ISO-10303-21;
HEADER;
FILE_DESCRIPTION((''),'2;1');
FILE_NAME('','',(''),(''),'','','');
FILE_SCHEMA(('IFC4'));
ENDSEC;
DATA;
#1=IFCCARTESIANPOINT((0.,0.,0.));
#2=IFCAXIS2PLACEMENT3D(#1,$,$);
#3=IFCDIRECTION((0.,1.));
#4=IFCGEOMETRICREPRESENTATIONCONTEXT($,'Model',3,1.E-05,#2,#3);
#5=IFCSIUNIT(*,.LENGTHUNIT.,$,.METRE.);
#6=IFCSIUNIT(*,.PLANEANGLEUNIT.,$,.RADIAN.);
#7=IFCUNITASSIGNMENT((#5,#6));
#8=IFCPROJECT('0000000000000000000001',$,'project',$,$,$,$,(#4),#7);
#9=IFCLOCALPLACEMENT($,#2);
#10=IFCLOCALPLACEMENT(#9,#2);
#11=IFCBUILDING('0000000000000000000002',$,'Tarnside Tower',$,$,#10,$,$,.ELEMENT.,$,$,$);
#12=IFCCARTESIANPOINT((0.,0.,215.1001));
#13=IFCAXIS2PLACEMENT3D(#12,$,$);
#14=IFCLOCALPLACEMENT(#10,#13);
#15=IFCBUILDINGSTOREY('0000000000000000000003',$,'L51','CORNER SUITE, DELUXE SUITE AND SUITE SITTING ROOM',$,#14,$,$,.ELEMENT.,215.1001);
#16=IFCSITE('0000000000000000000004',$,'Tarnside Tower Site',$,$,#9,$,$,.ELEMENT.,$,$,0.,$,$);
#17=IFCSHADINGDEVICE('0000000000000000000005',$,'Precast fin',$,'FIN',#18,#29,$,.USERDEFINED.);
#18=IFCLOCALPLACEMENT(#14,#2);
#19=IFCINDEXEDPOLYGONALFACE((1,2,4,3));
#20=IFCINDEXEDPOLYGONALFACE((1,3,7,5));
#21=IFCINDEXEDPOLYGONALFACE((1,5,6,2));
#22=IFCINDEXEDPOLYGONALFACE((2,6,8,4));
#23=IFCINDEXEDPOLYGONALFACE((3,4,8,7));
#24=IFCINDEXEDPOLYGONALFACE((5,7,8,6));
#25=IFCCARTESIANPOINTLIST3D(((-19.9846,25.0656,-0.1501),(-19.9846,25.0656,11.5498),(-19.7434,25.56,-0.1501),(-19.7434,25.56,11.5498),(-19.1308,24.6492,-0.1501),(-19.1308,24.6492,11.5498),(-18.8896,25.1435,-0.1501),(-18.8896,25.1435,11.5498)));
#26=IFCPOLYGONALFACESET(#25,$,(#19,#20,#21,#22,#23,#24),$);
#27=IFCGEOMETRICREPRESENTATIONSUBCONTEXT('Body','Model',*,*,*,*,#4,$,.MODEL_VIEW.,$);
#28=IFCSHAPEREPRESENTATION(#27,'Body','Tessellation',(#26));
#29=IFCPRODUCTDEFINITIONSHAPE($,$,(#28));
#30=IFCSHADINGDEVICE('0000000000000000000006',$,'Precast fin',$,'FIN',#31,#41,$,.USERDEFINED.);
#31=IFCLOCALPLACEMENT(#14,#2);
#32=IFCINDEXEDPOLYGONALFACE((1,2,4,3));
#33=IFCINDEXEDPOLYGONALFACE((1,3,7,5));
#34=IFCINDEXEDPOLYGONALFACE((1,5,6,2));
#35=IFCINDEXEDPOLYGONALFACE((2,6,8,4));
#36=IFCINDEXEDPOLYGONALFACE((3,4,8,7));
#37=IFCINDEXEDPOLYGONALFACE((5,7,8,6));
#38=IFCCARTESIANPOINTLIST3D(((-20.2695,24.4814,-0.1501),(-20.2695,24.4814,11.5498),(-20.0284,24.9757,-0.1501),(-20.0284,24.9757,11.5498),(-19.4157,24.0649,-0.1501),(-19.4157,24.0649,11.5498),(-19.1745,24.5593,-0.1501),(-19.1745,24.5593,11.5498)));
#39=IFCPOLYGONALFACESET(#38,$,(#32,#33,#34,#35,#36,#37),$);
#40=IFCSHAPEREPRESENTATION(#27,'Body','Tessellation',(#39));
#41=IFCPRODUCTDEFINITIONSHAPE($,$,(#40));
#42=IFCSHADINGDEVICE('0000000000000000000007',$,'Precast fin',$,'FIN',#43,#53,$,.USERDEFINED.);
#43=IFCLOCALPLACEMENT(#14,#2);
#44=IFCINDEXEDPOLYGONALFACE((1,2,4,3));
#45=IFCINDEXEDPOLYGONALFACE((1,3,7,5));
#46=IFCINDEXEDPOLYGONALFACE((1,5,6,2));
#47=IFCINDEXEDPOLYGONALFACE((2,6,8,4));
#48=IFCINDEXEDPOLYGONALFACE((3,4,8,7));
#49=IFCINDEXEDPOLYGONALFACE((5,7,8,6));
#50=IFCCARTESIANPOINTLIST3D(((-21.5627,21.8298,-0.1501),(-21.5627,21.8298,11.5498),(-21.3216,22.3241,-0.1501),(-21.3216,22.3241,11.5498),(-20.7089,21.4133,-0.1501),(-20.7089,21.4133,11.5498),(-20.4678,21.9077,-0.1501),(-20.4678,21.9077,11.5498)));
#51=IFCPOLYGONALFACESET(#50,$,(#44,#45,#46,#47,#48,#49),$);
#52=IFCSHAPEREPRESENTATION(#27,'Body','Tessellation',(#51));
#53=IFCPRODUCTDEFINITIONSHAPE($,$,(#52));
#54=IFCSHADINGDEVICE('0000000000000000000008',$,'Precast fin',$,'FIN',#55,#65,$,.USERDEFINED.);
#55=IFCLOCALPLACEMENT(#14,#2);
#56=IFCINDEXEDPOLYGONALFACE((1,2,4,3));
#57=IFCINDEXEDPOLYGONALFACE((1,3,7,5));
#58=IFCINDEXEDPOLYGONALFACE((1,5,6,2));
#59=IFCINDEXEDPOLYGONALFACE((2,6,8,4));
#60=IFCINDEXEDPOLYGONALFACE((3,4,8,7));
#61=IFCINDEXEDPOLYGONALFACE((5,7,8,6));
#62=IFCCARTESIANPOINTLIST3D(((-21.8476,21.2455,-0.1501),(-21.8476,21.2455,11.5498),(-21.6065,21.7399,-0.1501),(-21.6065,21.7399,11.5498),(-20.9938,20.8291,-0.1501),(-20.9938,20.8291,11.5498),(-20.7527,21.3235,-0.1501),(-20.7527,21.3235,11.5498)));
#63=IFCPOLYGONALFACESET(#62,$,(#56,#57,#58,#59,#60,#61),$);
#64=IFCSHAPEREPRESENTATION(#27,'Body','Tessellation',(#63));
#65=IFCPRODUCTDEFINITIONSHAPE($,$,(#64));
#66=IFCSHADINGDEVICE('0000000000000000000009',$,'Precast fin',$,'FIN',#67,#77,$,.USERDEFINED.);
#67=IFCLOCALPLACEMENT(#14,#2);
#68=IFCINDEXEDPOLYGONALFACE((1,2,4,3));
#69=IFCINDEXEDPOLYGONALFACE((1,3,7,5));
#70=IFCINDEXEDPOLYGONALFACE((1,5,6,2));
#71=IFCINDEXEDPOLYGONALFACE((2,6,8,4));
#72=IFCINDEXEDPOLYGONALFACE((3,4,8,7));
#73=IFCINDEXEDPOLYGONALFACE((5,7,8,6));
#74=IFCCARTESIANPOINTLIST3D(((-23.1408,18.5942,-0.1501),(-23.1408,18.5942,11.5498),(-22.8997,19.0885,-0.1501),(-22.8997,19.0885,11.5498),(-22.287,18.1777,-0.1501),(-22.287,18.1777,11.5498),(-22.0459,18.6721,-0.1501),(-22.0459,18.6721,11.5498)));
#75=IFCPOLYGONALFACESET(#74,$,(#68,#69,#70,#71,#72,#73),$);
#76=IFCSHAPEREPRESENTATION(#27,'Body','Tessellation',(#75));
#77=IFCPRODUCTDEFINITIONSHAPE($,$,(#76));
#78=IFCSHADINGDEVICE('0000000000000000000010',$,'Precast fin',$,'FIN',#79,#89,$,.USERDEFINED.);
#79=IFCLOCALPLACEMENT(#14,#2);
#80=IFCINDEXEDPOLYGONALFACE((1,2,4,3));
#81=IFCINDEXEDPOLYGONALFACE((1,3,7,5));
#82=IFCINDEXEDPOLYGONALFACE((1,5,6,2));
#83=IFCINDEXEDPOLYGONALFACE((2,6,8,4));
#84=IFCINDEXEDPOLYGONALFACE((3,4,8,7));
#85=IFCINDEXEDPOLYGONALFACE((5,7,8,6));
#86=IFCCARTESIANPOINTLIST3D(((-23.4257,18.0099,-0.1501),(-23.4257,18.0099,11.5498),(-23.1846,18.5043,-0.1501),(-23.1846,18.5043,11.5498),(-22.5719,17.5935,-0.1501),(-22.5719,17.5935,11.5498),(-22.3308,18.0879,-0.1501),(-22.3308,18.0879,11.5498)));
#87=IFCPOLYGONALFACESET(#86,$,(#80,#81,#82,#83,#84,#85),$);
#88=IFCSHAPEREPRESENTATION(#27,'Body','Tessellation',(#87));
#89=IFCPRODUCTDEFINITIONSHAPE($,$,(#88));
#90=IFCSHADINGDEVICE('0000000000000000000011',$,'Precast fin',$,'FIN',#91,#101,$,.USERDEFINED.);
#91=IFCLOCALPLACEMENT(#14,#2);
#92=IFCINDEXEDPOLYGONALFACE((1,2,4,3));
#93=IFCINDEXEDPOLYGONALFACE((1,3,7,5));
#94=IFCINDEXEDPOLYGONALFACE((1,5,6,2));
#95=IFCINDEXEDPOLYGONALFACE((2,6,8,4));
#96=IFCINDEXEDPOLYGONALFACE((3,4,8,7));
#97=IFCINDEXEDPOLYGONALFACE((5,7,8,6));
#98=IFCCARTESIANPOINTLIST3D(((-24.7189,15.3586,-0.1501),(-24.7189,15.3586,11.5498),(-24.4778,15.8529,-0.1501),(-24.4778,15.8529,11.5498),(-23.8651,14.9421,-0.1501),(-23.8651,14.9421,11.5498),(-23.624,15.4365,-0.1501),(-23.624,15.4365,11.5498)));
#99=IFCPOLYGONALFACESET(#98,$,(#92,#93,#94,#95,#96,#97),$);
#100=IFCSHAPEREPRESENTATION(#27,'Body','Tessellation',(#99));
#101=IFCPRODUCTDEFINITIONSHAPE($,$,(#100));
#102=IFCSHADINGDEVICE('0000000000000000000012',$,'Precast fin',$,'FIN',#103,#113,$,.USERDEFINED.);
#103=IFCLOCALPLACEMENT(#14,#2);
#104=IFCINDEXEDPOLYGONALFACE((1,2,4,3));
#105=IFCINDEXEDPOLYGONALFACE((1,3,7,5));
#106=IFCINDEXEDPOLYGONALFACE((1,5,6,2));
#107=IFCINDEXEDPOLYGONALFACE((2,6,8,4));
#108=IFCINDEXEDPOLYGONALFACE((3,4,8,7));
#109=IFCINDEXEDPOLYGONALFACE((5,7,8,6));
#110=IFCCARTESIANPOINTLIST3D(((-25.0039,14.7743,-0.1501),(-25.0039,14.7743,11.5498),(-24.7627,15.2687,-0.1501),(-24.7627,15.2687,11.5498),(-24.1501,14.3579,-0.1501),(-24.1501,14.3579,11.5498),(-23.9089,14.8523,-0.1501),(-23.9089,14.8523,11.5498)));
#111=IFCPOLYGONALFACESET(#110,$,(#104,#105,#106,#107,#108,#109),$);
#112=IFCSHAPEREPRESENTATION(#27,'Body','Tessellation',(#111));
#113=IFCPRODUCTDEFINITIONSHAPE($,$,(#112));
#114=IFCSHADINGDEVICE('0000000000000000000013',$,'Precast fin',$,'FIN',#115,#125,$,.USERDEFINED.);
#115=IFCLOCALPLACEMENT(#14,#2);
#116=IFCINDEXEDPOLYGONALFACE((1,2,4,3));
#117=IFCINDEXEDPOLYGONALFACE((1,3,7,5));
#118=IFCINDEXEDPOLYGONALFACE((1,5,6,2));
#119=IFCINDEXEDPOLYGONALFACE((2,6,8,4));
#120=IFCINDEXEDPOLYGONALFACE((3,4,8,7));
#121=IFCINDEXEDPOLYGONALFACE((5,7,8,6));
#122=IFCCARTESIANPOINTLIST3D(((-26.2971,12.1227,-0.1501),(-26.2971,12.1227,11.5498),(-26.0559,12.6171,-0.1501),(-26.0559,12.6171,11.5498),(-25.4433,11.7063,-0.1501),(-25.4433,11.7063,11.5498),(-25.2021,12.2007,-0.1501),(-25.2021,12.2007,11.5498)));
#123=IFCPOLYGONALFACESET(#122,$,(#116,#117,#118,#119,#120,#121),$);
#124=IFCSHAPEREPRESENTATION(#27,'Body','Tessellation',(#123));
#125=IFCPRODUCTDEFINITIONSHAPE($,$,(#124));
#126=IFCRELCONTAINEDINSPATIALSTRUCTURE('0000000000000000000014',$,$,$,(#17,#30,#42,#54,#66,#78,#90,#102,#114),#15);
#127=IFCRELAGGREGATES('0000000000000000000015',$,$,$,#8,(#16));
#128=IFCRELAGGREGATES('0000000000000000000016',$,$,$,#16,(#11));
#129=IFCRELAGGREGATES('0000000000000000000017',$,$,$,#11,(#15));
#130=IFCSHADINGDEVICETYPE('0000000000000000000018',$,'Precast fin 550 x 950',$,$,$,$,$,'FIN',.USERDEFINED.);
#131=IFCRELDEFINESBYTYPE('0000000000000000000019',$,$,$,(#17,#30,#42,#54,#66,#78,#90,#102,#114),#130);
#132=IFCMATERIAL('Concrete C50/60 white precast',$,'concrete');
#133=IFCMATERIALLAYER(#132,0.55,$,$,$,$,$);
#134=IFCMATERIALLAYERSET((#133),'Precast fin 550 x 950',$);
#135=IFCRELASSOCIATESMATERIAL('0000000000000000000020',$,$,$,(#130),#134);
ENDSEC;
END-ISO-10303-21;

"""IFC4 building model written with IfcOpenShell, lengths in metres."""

from ifc_helpers import new_model, si_unit, direction, frame, origin, place, context, subcontext, project, spatial, polyline, outline, extrude, material, layer, layer_set, type_object, element, save


model = new_model("IFC4")

# Units and contexts
model_context = context("Model", 3, precision=1e-05, world=origin(), true_north=direction((0.0, 1.0)))
body_context = subcontext(model_context, "Body", "Model", "MODEL_VIEW")
ifc_project = project(units=[si_unit("LENGTHUNIT", "METRE"), si_unit("PLANEANGLEUNIT", "RADIAN")], contexts=[model_context])

# Site, building, storey
site_placement = place(None, origin())
site = spatial("IfcSite", under=ifc_project, at=site_placement, Name="Tarnside Tower Site", CompositionType="ELEMENT", RefElevation=0.0)
building_placement = place(site_placement, origin())
building = spatial("IfcBuilding", under=site, at=building_placement, Name="Tarnside Tower", CompositionType="ELEMENT")
storey_placement = place(building_placement, frame((0.0, 0.0, 215.1001)))
storey = spatial("IfcBuildingStorey", under=building, at=storey_placement, Name="L51", Description="CORNER SUITE, DELUXE SUITE AND SUITE SITTING ROOM", CompositionType="ELEMENT", Elevation=215.1001)

# Shading devices
ifc_material_1 = material(Name="Concrete C50/60 white precast", Category="concrete")
ifc_layer_1 = layer(ifc_material_1, 0.55)
ifc_layer_set_1 = layer_set([ifc_layer_1], Name="Precast fin 550 x 950")
shading_device_type_1 = type_object("IfcShadingDeviceType", Name="Precast fin 550 x 950", ElementType="FIN", PredefinedType="USERDEFINED", material=ifc_layer_set_1)
for number, where, z_axis, x_axis, name in (
    (1, (-19.0103, 24.8962, -0.1501), (0.438371, 0.898794, 0.0), (-0.898794, 0.438371, 0.0), "Precast fin"),
    (2, (-19.2952, 24.312, -0.1501), (0.438371, 0.898794, 0.0), (-0.898794, 0.438371, 0.0), "Precast fin"),
    (3, (-20.5884, 21.6604, -0.1501), (0.438371, 0.898794, 0.0), (-0.898794, 0.438371, 0.0), "Precast fin"),
    (4, (-20.8733, 21.0762, -0.1501), (0.438371, 0.898794, 0.0), (-0.898794, 0.438371, 0.0), "Precast fin"),
    (5, (-22.1665, 18.4248, -0.1501), (0.438371, 0.898794, 0.0), (-0.898794, 0.438371, 0.0), "Precast fin"),
    (6, (-22.4514, 17.8406, -0.1501), (0.438371, 0.898794, 0.0), (-0.898794, 0.438371, 0.0), "Precast fin"),
    (7, (-23.7446, 15.1892, -0.1501), (0.438371, 0.898794, 0.0), (-0.898794, 0.438371, 0.0), "Precast fin"),
    (8, (-24.0295, 14.605, -0.1501), (0.438371, 0.898794, 0.0), (-0.898794, 0.438371, 0.0), "Precast fin"),
    (9, (-25.3228, 11.9534, -0.1501), (0.438371, 0.898794, 0.0), (-0.898794, 0.438371, 0.0), "Precast fin"),
):
    element("IfcShadingDevice", number, at=place(storey_placement, frame(where, z_axis=z_axis, x_axis=x_axis)), inside=storey, type_object=shading_device_type_1, Name=name, ObjectType="FIN", PredefinedType="USERDEFINED", context=body_context, shape_type="SweptSolid", body=[
        extrude(outline(polyline([(0.0, 0.0), (0.95, 0.0), (0.95, 11.7), (0.0, 11.7), (0.0, 0.0)])), frame((0.0, 0.0, -0.2749)), (0.0, 0.0, 1.0), 0.55),
    ])

save(model, "model.ifc")
